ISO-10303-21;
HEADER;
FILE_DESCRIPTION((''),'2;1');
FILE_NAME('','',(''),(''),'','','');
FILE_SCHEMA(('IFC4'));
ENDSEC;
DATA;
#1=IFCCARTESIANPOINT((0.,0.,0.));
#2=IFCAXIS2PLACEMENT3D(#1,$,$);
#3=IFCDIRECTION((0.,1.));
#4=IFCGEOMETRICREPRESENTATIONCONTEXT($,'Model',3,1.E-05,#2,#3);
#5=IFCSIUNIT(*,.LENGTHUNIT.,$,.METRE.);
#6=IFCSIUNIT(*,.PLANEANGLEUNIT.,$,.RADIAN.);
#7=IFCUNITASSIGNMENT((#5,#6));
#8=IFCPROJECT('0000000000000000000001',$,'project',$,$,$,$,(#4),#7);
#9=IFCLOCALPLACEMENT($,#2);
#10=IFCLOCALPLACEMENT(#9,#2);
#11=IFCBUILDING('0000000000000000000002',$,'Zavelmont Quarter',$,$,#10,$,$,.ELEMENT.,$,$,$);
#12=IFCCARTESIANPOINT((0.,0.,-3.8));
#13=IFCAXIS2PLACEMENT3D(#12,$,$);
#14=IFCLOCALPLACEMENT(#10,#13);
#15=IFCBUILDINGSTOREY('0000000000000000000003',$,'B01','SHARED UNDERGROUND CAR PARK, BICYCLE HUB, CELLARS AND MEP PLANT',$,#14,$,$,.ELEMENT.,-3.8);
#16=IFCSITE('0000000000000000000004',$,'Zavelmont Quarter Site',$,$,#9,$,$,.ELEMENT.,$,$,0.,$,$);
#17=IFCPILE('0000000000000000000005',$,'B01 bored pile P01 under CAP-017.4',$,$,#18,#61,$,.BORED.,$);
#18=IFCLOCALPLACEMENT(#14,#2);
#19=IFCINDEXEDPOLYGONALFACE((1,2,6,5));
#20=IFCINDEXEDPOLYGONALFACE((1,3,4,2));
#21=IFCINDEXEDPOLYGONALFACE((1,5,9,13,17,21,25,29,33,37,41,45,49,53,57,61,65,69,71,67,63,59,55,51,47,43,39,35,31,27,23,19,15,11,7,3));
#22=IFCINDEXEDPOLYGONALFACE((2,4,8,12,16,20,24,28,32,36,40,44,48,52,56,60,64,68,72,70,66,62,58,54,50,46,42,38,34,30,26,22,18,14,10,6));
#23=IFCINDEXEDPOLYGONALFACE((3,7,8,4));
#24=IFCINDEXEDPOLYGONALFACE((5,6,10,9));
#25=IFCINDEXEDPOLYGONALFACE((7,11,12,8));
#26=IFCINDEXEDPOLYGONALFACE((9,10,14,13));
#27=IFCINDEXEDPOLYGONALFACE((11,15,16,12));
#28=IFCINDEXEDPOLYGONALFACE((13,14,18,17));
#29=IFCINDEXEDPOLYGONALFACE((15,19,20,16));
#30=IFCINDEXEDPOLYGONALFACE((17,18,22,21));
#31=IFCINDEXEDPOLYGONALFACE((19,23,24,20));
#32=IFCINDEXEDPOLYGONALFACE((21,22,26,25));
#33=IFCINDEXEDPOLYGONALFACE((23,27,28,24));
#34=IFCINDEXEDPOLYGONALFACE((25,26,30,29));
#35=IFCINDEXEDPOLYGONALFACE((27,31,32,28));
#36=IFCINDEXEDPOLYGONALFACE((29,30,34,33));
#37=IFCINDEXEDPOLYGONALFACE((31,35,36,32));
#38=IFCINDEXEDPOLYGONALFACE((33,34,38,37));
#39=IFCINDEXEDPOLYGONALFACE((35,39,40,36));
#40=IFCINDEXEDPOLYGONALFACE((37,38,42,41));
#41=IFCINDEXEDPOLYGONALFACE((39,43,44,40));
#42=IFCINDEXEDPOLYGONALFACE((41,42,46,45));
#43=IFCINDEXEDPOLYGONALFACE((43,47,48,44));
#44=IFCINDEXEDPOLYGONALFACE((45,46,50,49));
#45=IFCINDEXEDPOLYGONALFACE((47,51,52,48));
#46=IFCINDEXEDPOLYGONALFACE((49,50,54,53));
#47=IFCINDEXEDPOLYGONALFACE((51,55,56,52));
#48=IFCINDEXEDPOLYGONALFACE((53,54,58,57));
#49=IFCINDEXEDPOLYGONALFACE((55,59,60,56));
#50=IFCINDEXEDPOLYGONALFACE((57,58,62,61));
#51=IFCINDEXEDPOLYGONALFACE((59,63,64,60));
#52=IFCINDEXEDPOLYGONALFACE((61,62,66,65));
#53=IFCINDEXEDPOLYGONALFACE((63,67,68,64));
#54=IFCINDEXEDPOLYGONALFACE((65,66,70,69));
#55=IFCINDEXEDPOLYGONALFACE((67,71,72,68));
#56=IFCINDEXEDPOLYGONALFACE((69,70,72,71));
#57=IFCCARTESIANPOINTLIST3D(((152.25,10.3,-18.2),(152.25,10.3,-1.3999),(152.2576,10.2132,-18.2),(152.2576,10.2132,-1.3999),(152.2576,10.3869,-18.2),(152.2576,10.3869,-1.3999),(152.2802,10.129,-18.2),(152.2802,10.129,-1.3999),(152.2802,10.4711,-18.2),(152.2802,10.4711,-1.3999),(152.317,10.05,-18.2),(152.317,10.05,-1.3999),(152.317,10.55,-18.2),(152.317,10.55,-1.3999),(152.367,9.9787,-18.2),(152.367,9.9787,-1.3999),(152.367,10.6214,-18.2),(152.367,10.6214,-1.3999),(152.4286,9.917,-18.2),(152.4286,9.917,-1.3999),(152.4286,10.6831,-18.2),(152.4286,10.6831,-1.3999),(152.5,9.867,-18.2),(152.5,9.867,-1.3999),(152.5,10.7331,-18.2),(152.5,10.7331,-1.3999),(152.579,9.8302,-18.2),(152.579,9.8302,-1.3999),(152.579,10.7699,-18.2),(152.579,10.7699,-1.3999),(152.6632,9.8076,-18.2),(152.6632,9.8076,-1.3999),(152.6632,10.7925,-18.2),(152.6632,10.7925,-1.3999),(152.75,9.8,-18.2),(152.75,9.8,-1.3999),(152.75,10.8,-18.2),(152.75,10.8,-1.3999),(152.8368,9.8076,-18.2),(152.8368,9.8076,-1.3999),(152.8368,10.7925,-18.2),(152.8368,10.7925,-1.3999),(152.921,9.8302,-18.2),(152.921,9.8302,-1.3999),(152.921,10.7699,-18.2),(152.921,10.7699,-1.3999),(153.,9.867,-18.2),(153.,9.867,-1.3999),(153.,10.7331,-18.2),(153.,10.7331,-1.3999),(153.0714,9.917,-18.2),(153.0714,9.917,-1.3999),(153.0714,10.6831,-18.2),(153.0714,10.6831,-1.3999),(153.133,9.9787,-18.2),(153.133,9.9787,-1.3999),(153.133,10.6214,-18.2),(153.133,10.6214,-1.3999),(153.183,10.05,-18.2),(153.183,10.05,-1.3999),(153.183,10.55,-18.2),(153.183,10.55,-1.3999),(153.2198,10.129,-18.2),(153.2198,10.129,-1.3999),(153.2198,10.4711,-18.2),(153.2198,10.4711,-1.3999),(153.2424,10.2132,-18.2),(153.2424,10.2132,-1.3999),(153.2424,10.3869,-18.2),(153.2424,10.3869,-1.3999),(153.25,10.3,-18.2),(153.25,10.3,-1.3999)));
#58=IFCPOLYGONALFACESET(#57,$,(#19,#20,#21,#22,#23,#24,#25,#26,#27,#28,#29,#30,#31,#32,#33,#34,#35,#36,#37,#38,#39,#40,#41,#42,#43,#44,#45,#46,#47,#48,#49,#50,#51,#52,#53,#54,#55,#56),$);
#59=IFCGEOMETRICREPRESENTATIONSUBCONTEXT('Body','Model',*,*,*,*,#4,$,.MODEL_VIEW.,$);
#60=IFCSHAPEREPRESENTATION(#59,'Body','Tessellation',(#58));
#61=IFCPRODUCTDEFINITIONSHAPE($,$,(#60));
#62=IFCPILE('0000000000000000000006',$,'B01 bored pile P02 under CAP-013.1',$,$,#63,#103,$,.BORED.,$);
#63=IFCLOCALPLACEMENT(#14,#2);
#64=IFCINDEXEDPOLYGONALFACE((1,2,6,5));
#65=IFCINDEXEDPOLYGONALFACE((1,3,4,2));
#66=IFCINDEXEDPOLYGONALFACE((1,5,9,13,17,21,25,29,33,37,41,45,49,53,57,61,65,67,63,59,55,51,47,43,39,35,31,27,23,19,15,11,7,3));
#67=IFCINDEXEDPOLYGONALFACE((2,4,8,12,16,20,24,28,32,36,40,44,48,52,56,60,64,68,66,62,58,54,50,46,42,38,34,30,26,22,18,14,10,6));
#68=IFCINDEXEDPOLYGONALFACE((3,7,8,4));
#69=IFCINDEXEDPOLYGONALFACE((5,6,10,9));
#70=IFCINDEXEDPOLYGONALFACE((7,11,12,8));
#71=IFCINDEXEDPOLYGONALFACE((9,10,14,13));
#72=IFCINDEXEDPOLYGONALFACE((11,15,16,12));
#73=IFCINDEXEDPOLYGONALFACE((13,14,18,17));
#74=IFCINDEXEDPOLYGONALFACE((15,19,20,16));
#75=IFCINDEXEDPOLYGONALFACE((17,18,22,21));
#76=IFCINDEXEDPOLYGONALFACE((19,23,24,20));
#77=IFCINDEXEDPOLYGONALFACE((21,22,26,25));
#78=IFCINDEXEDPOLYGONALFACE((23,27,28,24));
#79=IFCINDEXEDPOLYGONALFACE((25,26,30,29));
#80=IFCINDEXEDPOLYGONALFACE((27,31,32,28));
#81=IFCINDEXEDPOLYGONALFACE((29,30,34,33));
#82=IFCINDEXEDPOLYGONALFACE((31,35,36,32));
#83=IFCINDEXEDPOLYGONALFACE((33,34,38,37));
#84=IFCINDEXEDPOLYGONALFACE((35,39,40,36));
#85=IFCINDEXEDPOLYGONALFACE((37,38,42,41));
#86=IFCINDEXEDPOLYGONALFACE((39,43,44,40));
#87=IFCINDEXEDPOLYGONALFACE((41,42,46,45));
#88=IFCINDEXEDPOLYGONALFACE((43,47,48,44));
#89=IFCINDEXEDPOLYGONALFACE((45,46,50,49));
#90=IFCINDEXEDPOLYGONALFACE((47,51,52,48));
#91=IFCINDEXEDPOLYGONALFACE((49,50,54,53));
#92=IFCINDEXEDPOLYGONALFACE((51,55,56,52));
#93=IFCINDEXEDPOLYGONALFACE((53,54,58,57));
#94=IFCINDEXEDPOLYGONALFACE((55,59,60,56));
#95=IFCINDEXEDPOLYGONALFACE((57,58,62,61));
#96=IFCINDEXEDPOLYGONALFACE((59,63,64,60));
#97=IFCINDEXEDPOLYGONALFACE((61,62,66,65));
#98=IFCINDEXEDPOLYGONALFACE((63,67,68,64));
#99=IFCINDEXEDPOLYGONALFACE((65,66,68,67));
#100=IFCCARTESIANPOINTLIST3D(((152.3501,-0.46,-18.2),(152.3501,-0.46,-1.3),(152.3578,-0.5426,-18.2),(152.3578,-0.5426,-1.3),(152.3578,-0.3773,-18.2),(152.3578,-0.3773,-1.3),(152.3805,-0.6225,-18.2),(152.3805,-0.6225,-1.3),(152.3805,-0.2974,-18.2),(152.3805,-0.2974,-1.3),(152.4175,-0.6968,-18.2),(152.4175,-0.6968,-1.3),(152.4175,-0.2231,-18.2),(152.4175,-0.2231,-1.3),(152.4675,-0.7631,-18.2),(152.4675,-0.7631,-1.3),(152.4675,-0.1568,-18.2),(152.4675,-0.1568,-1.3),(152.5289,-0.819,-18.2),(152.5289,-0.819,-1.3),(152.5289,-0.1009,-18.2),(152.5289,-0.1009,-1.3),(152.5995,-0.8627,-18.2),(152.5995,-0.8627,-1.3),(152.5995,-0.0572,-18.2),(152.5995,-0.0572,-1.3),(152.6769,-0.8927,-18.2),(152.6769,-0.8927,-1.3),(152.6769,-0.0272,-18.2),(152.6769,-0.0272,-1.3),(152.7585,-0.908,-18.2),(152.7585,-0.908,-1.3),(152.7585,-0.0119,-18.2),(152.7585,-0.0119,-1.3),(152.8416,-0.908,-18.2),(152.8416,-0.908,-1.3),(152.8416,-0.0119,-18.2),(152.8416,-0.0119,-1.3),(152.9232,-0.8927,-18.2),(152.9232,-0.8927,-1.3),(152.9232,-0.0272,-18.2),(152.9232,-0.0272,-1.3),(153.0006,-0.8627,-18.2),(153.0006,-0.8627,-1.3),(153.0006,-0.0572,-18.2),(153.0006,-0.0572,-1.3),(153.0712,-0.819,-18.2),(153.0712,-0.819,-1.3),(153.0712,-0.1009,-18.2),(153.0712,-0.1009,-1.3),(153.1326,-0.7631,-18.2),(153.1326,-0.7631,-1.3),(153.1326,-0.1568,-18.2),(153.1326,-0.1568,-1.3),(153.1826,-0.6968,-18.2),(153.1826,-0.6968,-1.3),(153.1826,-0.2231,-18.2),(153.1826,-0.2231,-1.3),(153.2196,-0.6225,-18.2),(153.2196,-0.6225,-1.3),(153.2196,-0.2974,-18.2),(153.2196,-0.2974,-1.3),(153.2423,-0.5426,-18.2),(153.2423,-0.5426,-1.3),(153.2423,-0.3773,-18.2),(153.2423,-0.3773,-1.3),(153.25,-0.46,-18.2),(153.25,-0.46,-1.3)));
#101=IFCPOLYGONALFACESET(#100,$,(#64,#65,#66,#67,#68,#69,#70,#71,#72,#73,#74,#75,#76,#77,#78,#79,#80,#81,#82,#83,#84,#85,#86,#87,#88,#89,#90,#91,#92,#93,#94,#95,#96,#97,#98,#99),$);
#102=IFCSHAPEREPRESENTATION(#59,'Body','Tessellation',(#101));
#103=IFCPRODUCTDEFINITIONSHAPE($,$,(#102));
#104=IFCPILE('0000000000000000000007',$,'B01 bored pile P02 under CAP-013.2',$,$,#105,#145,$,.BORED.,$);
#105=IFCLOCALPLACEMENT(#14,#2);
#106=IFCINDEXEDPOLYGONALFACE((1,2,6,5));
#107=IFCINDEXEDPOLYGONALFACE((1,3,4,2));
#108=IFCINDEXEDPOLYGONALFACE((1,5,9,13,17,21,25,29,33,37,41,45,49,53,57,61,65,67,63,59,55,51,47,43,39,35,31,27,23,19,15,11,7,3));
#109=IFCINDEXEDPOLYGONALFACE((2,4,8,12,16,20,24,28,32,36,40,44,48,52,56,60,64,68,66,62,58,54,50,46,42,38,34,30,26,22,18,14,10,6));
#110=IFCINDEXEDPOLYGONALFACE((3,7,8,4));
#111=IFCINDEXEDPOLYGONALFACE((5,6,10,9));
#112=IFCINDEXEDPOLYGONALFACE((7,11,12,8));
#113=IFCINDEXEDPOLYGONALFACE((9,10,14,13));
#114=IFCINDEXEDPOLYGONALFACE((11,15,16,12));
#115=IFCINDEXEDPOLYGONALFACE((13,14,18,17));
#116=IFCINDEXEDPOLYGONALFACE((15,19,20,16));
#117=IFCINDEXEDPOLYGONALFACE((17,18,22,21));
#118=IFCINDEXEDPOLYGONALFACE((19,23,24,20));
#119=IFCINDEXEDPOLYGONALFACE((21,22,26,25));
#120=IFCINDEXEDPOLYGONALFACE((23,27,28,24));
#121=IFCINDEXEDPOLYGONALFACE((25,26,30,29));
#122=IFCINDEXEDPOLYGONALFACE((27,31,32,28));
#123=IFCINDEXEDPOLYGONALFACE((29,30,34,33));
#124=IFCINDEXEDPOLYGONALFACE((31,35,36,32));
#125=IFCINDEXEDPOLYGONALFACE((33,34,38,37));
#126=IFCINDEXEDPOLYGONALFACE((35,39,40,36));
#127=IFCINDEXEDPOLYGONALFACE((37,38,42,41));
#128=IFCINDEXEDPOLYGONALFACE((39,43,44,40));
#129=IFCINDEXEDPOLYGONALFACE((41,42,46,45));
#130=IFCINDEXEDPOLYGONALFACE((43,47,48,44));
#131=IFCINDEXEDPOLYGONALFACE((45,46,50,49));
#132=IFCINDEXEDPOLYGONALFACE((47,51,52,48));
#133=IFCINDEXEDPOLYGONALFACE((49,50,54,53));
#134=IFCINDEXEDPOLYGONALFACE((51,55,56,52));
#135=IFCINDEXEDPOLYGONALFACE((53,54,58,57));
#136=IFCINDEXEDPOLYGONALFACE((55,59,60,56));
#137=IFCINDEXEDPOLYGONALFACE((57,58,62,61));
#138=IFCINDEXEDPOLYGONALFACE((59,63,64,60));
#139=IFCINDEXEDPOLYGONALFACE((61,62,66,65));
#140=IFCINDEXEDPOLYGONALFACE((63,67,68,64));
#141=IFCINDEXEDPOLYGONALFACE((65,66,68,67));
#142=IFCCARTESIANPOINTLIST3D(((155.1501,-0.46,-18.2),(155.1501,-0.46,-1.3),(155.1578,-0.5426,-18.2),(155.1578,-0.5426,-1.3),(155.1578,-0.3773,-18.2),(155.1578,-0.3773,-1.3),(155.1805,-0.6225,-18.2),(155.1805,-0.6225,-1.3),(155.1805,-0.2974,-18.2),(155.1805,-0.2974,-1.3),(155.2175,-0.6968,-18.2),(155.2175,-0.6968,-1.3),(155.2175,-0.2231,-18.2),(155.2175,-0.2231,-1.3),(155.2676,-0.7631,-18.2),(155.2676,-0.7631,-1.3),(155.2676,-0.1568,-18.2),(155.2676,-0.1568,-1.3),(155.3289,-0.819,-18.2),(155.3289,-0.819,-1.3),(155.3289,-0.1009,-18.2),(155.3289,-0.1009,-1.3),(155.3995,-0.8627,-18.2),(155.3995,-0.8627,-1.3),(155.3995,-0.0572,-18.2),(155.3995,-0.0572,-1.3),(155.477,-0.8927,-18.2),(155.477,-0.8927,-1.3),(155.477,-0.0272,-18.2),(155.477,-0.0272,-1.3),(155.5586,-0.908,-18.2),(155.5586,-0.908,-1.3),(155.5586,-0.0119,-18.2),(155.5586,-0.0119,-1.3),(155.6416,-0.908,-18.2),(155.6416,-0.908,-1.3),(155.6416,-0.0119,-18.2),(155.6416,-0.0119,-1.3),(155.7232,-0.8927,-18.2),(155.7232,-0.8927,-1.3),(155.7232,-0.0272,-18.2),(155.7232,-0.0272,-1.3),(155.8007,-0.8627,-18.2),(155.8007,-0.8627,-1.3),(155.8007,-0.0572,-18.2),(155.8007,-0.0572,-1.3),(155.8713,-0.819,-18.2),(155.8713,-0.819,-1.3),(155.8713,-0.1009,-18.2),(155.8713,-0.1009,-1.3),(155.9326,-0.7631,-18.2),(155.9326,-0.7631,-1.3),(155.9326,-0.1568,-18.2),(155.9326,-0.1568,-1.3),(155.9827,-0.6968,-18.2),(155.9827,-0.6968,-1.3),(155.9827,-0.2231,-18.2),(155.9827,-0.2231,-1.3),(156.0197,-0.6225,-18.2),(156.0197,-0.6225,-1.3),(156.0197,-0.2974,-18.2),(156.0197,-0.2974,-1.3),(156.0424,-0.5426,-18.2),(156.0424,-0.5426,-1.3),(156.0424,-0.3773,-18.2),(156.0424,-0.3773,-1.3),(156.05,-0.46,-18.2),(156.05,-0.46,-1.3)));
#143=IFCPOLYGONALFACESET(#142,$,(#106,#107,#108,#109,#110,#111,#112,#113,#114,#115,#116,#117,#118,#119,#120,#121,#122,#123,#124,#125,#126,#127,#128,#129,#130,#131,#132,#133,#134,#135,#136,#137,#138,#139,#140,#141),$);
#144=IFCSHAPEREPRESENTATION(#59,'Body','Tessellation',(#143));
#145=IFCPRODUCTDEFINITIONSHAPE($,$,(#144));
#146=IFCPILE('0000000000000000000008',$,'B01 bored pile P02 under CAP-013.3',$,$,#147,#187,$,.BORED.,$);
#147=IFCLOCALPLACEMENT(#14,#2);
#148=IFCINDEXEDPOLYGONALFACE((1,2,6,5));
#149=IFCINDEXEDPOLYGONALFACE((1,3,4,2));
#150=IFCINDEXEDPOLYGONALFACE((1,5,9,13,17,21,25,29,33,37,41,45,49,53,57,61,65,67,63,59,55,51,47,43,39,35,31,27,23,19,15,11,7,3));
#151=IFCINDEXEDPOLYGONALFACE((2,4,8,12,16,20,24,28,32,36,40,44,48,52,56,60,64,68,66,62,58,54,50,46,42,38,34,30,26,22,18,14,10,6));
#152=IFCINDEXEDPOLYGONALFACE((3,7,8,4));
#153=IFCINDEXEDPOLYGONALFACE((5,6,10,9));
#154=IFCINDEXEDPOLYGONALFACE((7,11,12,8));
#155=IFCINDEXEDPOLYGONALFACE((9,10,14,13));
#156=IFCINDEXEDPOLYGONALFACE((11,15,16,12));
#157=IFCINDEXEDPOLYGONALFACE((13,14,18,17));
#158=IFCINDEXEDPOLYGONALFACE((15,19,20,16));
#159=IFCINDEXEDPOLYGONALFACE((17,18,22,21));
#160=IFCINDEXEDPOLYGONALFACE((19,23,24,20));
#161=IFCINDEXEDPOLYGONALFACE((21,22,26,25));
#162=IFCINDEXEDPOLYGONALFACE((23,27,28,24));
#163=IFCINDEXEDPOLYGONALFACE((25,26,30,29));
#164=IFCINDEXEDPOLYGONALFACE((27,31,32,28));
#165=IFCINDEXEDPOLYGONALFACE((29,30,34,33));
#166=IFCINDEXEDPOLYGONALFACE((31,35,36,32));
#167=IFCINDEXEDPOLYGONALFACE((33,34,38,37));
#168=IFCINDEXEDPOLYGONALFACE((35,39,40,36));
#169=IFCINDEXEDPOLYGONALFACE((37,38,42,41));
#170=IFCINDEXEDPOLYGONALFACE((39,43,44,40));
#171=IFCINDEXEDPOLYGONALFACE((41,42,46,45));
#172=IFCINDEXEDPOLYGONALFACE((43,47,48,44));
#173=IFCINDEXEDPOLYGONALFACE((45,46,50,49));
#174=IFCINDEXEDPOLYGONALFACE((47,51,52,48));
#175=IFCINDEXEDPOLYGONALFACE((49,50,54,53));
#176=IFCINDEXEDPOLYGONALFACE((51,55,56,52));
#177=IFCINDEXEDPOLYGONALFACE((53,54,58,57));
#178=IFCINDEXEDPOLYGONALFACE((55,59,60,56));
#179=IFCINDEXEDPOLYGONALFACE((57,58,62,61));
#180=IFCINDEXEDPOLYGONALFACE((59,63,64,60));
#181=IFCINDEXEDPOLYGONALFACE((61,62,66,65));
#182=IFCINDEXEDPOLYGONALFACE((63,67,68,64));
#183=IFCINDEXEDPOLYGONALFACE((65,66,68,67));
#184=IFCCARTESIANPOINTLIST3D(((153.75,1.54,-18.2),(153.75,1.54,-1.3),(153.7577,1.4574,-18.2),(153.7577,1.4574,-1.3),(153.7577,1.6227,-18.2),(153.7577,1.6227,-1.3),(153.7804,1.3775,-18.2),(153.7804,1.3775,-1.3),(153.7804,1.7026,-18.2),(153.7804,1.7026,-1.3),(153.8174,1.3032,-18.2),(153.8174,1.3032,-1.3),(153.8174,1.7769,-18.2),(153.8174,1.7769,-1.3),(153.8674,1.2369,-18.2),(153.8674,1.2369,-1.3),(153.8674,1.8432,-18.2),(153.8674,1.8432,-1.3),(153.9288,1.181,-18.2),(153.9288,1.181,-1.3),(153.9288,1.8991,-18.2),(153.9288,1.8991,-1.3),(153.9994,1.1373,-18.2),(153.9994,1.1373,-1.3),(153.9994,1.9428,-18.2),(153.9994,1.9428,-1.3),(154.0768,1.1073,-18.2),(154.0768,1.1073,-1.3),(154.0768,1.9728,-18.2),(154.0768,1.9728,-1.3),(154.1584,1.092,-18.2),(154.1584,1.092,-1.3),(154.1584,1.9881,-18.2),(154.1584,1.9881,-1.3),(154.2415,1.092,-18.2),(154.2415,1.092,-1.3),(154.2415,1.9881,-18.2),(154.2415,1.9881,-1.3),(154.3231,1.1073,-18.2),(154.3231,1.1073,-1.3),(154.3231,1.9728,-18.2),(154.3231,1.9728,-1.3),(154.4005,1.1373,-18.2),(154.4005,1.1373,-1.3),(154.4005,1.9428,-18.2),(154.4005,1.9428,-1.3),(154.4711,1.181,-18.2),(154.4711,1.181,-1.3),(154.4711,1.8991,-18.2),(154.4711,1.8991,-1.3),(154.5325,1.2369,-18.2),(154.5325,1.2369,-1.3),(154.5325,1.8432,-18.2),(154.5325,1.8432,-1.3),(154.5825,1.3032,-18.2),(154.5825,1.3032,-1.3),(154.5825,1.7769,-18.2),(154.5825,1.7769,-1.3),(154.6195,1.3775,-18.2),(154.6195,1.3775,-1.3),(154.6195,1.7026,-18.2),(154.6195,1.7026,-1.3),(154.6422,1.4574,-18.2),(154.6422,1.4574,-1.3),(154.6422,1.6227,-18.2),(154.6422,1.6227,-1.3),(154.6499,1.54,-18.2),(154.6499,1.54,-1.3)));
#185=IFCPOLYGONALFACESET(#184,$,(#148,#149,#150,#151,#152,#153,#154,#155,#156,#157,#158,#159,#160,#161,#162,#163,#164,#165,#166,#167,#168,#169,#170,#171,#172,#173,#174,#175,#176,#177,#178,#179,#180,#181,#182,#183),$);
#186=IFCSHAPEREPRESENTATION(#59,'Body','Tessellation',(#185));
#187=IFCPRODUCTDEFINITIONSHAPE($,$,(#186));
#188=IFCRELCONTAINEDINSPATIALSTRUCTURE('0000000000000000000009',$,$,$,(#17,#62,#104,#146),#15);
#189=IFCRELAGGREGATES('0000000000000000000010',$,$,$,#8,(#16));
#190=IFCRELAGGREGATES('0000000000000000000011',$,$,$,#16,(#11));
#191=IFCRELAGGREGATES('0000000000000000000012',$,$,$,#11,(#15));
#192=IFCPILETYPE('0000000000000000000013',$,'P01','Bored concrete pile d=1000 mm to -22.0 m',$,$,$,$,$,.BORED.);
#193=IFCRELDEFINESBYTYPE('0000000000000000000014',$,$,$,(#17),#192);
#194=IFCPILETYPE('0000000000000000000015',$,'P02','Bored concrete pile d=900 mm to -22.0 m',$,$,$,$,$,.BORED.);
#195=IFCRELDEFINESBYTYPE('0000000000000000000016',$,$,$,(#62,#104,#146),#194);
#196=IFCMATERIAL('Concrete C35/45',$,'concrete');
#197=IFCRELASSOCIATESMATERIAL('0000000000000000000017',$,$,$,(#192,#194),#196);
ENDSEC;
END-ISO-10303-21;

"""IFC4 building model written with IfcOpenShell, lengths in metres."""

from ifc_helpers import new_model, si_unit, direction, frame, origin, origin_2d, place, context, subcontext, project, spatial, circle, extrude, material, material_profile, profile_set, type_object, element, save


model = new_model("IFC4")

# Units and contexts
model_context = context("Model", 3, precision=1e-05, world=origin(), true_north=direction((0.0, 1.0)))
body_context = subcontext(model_context, "Body", "Model", "MODEL_VIEW")
ifc_project = project(units=[si_unit("LENGTHUNIT", "METRE"), si_unit("PLANEANGLEUNIT", "RADIAN")], contexts=[model_context])

# Site, building, storey
site_placement = place(None, origin())
site = spatial("IfcSite", under=ifc_project, at=site_placement, Name="Zavelmont Quarter Site", CompositionType="ELEMENT", RefElevation=0.0)
building_placement = place(site_placement, origin())
building = spatial("IfcBuilding", under=site, at=building_placement, Name="Zavelmont Quarter", CompositionType="ELEMENT")
storey_placement = place(building_placement, frame((0.0, 0.0, -3.8)))
storey = spatial("IfcBuildingStorey", under=building, at=storey_placement, Name="B01", Description="SHARED UNDERGROUND CAR PARK, BICYCLE HUB, CELLARS AND MEP PLANT", CompositionType="ELEMENT", Elevation=-3.8)

# Shared definitions
ifc_material_1 = material(Name="Concrete C35/45", Category="concrete")

# Piles
ifc_material_profile_1 = material_profile(ifc_material_1, circle(Radius=0.5, at=origin_2d()), Name="BP1000")
ifc_profile_set_1 = profile_set([ifc_material_profile_1], Name="Concrete C35/45")
pile_type_1 = type_object("IfcPileType", Name="P01", Description="Bored concrete pile d=1000 mm to -22.0 m", PredefinedType="BORED", material=ifc_profile_set_1)
for number, where, z_axis, x_axis, name in (
    (1, (152.75, 10.3, -1.3999), (0.0, 0.0, -1.0), (1.0, 0.0, 0.0), "B01 bored pile P01 under CAP-017.4"),
):
    element("IfcPile", number, at=place(storey_placement, frame(where, z_axis=z_axis, x_axis=x_axis)), inside=storey, type_object=pile_type_1, Name=name, PredefinedType="BORED", context=body_context, shape_type="SweptSolid", body=[
        extrude(circle(Radius=0.5, at=origin_2d()), origin(), (0.0, 0.0, 1.0), 16.8),
    ])
ifc_material_profile_2 = material_profile(ifc_material_1, circle(Radius=0.45, at=origin_2d()), Name="BP900")
ifc_profile_set_2 = profile_set([ifc_material_profile_2], Name="Concrete C35/45")
pile_type_2 = type_object("IfcPileType", Name="P02", Description="Bored concrete pile d=900 mm to -22.0 m", PredefinedType="BORED", material=ifc_profile_set_2)
for number, where, z_axis, x_axis, name in (
    (2, (152.8, -0.46, -1.3), (0.0, 0.0, -1.0), (1.0, 0.0, 0.0), "B01 bored pile P02 under CAP-013.1"),
    (3, (155.6001, -0.46, -1.3), (0.0, 0.0, -1.0), (1.0, 0.0, 0.0), "B01 bored pile P02 under CAP-013.2"),
    (4, (154.2, 1.54, -1.3), (0.0, 0.0, -1.0), (1.0, 0.0, 0.0), "B01 bored pile P02 under CAP-013.3"),
):
    element("IfcPile", number, at=place(storey_placement, frame(where, z_axis=z_axis, x_axis=x_axis)), inside=storey, type_object=pile_type_2, Name=name, PredefinedType="BORED", context=body_context, shape_type="SweptSolid", body=[
        extrude(circle(Radius=0.45, at=origin_2d()), origin(), (0.0, 0.0, 1.0), 16.8999),
    ])

save(model, "model.ifc")
